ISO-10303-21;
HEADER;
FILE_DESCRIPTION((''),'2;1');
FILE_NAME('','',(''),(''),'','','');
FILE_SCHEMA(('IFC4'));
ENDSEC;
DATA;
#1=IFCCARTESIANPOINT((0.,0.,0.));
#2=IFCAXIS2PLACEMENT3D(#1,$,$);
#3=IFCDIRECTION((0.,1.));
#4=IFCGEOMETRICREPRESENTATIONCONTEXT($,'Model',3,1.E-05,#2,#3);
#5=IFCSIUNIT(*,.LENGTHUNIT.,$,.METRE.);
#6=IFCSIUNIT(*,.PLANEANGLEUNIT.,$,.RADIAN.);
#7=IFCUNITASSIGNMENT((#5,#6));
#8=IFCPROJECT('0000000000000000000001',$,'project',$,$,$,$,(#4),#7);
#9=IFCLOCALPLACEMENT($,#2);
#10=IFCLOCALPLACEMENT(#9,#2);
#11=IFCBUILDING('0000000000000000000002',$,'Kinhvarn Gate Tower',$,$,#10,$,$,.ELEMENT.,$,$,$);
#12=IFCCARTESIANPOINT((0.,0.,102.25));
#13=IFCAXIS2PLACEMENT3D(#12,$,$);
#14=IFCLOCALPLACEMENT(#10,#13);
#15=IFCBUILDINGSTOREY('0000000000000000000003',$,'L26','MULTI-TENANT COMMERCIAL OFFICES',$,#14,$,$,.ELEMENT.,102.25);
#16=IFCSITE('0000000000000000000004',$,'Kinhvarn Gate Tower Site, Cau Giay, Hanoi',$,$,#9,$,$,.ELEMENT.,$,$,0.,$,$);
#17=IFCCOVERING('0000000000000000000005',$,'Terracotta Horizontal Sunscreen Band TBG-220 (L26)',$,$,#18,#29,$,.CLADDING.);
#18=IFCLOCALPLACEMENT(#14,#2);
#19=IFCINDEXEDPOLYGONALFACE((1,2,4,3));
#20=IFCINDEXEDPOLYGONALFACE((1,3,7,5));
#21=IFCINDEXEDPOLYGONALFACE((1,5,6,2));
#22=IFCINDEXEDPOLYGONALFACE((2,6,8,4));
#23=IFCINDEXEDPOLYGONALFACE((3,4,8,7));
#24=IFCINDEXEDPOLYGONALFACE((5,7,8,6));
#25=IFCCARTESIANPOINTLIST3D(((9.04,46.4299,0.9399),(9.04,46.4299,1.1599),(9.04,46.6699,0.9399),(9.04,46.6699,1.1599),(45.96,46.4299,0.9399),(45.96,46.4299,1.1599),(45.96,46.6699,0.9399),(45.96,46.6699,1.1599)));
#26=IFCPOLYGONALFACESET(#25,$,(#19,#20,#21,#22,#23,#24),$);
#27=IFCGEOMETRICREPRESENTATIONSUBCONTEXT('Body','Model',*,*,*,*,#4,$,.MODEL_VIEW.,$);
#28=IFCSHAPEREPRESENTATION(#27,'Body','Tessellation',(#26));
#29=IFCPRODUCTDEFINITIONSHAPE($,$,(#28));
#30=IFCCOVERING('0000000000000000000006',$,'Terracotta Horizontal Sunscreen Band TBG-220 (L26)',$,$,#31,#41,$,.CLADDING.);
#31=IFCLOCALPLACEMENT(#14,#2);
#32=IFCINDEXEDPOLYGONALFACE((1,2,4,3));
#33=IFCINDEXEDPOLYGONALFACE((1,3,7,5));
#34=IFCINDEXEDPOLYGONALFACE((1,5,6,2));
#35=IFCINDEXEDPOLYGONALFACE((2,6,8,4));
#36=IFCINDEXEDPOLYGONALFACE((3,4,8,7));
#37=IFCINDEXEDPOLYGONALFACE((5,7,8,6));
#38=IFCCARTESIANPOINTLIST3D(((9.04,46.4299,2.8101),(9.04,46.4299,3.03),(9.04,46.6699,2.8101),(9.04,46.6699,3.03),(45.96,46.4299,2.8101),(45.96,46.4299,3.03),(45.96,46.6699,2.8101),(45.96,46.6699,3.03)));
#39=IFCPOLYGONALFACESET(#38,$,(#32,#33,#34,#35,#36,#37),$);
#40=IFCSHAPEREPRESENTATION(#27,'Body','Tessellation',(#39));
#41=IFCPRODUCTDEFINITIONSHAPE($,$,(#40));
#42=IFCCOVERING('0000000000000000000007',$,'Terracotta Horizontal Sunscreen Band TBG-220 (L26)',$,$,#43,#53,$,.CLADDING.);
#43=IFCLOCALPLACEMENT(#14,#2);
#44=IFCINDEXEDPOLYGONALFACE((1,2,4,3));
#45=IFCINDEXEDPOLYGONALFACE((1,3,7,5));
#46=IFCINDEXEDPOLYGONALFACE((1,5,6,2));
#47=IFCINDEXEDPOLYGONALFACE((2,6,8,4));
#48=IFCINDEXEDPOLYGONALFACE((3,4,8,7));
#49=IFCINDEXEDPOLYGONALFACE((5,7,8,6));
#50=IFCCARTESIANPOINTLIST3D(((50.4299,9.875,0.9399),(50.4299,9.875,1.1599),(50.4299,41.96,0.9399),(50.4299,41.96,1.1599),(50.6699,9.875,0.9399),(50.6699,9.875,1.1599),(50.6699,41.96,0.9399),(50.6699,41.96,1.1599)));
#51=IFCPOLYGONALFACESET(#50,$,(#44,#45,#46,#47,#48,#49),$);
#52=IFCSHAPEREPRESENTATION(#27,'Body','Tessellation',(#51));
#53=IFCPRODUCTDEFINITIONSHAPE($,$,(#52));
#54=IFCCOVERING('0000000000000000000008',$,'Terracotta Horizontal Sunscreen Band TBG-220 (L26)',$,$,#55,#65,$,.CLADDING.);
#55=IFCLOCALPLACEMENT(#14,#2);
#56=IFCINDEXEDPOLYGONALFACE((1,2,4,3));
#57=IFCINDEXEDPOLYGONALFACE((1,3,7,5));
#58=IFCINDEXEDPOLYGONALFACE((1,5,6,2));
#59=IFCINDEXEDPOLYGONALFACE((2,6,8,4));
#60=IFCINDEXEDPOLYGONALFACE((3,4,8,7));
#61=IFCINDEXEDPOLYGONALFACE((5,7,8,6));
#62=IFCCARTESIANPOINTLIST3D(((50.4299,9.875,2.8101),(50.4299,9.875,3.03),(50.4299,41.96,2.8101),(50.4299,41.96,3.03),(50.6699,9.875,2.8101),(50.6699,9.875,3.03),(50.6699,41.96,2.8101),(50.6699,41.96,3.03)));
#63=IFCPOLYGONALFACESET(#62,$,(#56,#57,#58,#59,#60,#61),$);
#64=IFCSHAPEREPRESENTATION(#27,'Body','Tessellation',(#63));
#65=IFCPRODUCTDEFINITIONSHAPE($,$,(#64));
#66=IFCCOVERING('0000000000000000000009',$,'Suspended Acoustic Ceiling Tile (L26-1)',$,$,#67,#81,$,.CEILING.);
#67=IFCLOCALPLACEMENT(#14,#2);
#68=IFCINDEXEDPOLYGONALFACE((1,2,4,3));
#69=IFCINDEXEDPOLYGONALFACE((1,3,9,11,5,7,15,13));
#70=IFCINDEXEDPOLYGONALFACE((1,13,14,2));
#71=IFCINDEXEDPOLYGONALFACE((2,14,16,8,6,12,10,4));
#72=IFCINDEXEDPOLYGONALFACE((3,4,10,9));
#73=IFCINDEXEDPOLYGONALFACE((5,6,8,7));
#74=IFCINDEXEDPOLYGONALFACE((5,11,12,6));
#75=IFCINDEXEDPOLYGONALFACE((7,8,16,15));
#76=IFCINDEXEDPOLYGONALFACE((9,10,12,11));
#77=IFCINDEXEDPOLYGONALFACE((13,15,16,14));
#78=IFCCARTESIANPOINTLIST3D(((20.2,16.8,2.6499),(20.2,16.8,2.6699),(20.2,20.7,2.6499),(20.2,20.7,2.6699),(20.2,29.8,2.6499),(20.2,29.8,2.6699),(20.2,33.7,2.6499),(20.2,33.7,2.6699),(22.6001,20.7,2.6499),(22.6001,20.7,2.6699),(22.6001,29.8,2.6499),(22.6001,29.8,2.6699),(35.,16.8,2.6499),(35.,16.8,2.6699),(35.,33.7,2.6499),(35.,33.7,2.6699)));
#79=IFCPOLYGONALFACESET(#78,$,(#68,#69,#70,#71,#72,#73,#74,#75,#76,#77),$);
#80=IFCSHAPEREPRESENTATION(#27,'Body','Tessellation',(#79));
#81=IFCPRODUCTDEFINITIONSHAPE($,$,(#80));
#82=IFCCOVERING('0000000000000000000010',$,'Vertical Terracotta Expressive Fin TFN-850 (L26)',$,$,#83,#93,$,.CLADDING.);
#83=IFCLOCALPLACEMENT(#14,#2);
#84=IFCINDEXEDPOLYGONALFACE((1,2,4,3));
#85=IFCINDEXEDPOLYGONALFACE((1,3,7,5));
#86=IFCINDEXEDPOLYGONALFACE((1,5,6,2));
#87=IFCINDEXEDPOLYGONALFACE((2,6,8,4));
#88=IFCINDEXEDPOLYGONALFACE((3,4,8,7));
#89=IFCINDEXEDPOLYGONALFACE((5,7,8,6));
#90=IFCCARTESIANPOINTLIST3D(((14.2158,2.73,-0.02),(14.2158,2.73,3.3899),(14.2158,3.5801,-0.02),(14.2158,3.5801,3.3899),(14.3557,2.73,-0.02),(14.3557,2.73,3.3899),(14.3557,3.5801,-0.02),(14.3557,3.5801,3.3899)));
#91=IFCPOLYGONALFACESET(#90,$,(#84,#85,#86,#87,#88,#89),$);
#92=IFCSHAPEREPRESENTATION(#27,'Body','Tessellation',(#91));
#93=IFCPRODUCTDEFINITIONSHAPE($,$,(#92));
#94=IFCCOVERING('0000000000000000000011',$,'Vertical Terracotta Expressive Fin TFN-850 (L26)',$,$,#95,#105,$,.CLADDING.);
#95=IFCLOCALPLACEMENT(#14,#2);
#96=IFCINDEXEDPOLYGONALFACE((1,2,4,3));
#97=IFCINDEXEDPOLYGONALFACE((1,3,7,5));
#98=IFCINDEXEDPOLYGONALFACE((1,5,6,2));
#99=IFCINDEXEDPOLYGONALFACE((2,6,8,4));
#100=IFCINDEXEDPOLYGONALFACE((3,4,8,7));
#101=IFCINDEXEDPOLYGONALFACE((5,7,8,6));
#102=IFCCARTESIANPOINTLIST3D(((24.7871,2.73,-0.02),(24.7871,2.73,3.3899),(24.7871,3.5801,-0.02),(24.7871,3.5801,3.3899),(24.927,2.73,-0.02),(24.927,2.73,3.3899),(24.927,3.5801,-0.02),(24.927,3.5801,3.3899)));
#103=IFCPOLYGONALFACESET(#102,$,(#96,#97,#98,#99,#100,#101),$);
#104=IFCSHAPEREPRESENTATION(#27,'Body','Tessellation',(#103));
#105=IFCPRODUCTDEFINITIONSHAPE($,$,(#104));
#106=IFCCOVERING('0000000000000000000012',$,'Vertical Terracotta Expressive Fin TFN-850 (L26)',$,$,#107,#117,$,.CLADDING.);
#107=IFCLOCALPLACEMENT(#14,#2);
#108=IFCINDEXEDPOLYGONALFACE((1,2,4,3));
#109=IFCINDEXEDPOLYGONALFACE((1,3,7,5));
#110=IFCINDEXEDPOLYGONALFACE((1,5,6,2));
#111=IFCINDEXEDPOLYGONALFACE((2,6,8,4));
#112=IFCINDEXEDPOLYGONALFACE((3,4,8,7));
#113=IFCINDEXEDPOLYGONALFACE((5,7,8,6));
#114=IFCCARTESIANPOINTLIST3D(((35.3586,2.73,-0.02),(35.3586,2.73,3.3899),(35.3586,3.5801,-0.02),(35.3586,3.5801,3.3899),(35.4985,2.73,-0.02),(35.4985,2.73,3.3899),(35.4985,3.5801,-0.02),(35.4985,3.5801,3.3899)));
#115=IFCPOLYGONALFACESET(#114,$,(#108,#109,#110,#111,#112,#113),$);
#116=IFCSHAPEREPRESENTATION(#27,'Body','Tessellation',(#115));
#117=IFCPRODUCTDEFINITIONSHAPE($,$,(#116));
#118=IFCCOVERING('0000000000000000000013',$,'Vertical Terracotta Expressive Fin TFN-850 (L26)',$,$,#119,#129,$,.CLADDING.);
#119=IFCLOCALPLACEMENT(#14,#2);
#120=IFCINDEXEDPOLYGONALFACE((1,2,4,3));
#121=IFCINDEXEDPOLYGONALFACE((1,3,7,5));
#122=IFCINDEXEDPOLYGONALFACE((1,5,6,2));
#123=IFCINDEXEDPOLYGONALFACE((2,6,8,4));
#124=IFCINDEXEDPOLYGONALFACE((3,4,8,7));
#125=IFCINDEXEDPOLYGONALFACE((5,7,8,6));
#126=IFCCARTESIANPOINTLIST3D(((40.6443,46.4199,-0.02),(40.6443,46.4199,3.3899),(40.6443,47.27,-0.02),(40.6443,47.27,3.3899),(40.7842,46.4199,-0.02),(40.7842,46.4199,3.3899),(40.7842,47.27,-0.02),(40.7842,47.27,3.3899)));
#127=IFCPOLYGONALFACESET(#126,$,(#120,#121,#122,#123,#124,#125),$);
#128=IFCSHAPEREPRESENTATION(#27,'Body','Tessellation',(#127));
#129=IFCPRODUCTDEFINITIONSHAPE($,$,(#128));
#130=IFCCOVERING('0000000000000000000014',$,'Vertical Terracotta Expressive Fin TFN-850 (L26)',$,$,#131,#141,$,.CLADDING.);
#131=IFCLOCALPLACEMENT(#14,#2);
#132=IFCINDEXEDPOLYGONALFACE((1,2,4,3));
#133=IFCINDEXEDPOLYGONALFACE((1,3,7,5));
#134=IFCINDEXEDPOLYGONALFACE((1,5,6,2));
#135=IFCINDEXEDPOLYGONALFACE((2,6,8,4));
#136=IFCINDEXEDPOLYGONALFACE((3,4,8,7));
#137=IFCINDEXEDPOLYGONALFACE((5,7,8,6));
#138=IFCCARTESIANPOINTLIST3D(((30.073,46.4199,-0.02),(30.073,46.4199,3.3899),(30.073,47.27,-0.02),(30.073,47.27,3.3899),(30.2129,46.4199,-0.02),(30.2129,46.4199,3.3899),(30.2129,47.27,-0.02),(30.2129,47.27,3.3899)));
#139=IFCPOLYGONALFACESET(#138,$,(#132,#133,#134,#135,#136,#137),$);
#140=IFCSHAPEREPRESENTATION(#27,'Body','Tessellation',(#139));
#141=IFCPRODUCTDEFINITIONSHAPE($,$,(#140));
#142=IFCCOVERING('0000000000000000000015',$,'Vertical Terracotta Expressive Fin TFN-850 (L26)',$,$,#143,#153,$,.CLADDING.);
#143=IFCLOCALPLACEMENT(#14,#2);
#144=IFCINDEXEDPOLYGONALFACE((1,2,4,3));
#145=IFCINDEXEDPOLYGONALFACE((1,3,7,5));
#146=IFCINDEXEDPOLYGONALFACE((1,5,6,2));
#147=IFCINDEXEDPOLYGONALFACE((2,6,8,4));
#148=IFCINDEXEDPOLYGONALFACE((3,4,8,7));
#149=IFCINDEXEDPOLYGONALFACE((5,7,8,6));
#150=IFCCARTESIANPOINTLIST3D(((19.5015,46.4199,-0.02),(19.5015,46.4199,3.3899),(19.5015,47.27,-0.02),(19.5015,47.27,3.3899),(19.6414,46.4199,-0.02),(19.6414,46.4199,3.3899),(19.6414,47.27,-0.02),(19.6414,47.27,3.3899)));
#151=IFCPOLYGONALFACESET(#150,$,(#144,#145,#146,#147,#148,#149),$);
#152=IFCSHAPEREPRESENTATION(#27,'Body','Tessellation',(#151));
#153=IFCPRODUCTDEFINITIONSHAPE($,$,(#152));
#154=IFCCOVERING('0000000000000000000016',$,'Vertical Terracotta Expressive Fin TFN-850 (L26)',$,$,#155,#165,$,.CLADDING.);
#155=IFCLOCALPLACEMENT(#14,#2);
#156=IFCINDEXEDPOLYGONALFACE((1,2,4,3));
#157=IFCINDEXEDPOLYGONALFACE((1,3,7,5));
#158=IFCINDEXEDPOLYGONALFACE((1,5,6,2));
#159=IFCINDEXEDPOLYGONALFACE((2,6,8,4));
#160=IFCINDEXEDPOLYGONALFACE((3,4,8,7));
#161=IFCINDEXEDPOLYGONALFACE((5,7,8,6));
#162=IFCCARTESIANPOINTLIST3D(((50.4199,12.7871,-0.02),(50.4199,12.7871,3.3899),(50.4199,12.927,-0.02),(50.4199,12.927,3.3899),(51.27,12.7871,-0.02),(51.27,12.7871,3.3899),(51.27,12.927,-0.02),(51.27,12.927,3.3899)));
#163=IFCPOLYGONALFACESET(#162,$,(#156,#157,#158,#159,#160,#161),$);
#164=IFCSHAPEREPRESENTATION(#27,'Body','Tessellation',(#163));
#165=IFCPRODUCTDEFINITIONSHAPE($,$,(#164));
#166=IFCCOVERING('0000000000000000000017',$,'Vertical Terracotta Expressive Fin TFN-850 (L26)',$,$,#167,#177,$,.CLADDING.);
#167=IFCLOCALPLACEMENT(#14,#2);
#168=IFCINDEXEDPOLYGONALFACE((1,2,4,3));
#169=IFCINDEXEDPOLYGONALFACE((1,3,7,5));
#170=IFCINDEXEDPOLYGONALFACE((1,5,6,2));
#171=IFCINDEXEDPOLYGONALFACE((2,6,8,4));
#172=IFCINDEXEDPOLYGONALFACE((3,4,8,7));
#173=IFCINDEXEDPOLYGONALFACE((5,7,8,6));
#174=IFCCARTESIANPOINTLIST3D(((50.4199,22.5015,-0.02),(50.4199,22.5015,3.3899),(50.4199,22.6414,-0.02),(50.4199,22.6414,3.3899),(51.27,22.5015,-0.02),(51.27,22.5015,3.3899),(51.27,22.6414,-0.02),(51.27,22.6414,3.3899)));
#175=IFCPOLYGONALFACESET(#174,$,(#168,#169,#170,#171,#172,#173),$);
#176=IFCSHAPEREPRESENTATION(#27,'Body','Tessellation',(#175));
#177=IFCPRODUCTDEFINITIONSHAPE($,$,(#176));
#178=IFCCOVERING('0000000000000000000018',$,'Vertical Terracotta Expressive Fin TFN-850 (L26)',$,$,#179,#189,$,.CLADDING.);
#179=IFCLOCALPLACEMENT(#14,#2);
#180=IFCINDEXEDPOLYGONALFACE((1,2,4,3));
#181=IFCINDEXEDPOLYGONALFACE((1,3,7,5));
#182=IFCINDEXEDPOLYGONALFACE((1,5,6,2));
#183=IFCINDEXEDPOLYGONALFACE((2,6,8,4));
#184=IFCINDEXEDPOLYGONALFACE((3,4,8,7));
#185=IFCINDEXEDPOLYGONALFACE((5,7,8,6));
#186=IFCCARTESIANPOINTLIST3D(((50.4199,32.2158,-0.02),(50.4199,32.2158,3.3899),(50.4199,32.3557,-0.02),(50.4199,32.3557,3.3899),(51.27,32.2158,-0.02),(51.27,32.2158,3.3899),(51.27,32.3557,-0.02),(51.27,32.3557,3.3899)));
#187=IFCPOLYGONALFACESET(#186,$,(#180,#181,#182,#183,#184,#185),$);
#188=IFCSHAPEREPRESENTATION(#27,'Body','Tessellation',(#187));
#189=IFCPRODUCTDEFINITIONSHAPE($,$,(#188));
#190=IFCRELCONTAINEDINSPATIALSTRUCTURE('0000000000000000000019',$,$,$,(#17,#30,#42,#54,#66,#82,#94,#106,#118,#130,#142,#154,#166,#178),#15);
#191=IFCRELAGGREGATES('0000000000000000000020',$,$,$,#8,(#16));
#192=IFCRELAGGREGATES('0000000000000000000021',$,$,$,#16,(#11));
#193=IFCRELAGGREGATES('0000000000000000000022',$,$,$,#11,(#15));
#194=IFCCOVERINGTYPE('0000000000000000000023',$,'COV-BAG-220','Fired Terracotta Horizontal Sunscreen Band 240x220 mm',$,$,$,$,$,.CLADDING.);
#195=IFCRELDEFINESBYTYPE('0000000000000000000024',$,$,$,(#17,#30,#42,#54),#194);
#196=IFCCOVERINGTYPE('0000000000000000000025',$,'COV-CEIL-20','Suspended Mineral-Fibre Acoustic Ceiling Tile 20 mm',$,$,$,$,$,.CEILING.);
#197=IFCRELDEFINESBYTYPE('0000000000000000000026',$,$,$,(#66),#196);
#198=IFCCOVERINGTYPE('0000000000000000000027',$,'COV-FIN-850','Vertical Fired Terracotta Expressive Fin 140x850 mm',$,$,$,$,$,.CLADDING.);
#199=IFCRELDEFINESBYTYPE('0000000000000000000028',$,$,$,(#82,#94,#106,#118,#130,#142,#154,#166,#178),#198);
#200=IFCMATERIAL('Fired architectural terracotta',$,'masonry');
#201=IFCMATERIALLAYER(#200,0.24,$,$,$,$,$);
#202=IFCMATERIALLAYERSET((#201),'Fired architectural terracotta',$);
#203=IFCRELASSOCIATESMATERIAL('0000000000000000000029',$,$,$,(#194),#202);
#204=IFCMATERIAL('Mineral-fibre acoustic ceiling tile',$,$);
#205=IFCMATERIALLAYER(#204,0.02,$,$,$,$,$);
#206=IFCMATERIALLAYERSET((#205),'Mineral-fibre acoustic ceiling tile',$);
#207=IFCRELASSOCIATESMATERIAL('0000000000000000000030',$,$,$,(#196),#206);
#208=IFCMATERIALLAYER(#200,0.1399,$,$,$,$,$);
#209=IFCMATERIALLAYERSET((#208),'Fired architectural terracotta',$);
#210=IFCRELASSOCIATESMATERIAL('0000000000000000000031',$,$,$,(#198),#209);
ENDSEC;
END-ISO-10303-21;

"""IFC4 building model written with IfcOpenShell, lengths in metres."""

from ifc_helpers import new_model, si_unit, direction, frame, origin, place, context, subcontext, project, spatial, polyline, outline, extrude, material, layer, layer_set, type_object, element, save


model = new_model("IFC4")

# Units and contexts
model_context = context("Model", 3, precision=1e-05, world=origin(), true_north=direction((0.0, 1.0)))
body_context = subcontext(model_context, "Body", "Model", "MODEL_VIEW")
ifc_project = project(units=[si_unit("LENGTHUNIT", "METRE"), si_unit("PLANEANGLEUNIT", "RADIAN")], contexts=[model_context])

# Site, building, storey
site_placement = place(None, origin())
site = spatial("IfcSite", under=ifc_project, at=site_placement, Name="Kinhvarn Gate Tower Site, Cau Giay, Hanoi", CompositionType="ELEMENT", RefElevation=0.0)
building_placement = place(site_placement, origin())
building = spatial("IfcBuilding", under=site, at=building_placement, Name="Kinhvarn Gate Tower", CompositionType="ELEMENT")
storey_placement = place(building_placement, frame((0.0, 0.0, 102.25)))
storey = spatial("IfcBuildingStorey", under=building, at=storey_placement, Name="L26", Description="MULTI-TENANT COMMERCIAL OFFICES", CompositionType="ELEMENT", Elevation=102.25)

# Coverings
ifc_material_1 = material(Name="Fired architectural terracotta", Category="masonry")
ifc_layer_1 = layer(ifc_material_1, 0.24)
ifc_layer_set_1 = layer_set([ifc_layer_1], Name="Fired architectural terracotta")
covering_type_1 = type_object("IfcCoveringType", Name="COV-BAG-220", Description="Fired Terracotta Horizontal Sunscreen Band 240x220 mm", PredefinedType="CLADDING", material=ifc_layer_set_1)
for number, where, name in (
    (1, (0.0, 0.0, 0.9399), "Terracotta Horizontal Sunscreen Band TBG-220 (L26)"),
    (2, (0.0, 0.0, 2.8101), "Terracotta Horizontal Sunscreen Band TBG-220 (L26)"),
):
    element("IfcCovering", number, at=place(storey_placement, frame(where)), inside=storey, type_object=covering_type_1, Name=name, PredefinedType="CLADDING", context=body_context, shape_type="SweptSolid", body=[
        extrude(outline(polyline([(45.96, 46.4299), (9.04, 46.4299), (9.04, 46.6699), (45.96, 46.6699), (45.96, 46.4299)])), origin(), (0.0, 0.0, 1.0), 0.22),
    ])
for number, where, name in (
    (3, (0.0, 0.0, 0.9399), "Terracotta Horizontal Sunscreen Band TBG-220 (L26)"),
    (4, (0.0, 0.0, 2.8101), "Terracotta Horizontal Sunscreen Band TBG-220 (L26)"),
):
    element("IfcCovering", number, at=place(storey_placement, frame(where)), inside=storey, type_object=covering_type_1, Name=name, PredefinedType="CLADDING", context=body_context, shape_type="SweptSolid", body=[
        extrude(outline(polyline([(50.4299, 9.875), (50.4299, 41.96), (50.6699, 41.96), (50.6699, 9.875), (50.4299, 9.875)])), origin(), (0.0, 0.0, 1.0), 0.22),
    ])
ifc_material_2 = material(Name="Mineral-fibre acoustic ceiling tile")
ifc_layer_2 = layer(ifc_material_2, 0.02)
ifc_layer_set_2 = layer_set([ifc_layer_2], Name="Mineral-fibre acoustic ceiling tile")
covering_type_2 = type_object("IfcCoveringType", Name="COV-CEIL-20", Description="Suspended Mineral-Fibre Acoustic Ceiling Tile 20 mm", PredefinedType="CEILING", material=ifc_layer_set_2)
covering_1_placement = place(storey_placement, frame((0.0, 0.0, 2.6499)))
element("IfcCovering", 5, at=covering_1_placement, inside=storey, type_object=covering_type_2, Name="Suspended Acoustic Ceiling Tile (L26-1)", PredefinedType="CEILING", context=body_context, shape_type="SweptSolid", body=[
    extrude(outline(polyline([(35.0, 33.7), (35.0, 16.8), (20.2, 16.8), (20.2, 20.7), (22.6001, 20.7), (22.6001, 29.8), (20.2, 29.8), (20.2, 33.7), (35.0, 33.7)])), origin(), (0.0, 0.0, 1.0), 0.02),
])
ifc_layer_3 = layer(ifc_material_1, 0.1399)
ifc_layer_set_3 = layer_set([ifc_layer_3], Name="Fired architectural terracotta")
covering_type_3 = type_object("IfcCoveringType", Name="COV-FIN-850", Description="Vertical Fired Terracotta Expressive Fin 140x850 mm", PredefinedType="CLADDING", material=ifc_layer_set_3)
covering_2_placement = place(storey_placement, frame((0.0, 0.0, -0.02)))
element("IfcCovering", 6, at=covering_2_placement, inside=storey, type_object=covering_type_3, Name="Vertical Terracotta Expressive Fin TFN-850 (L26)", PredefinedType="CLADDING", context=body_context, shape_type="SweptSolid", body=[
    extrude(outline(polyline([(14.2158, 3.5801), (14.3557, 3.5801), (14.3557, 2.73), (14.2158, 2.73), (14.2158, 3.5801)])), origin(), (0.0, 0.0, 1.0), 3.4099),
])
covering_3_placement = place(storey_placement, frame((0.0, 0.0, -0.02)))
element("IfcCovering", 7, at=covering_3_placement, inside=storey, type_object=covering_type_3, Name="Vertical Terracotta Expressive Fin TFN-850 (L26)", PredefinedType="CLADDING", context=body_context, shape_type="SweptSolid", body=[
    extrude(outline(polyline([(24.7871, 3.5801), (24.927, 3.5801), (24.927, 2.73), (24.7871, 2.73), (24.7871, 3.5801)])), origin(), (0.0, 0.0, 1.0), 3.4099),
])
covering_4_placement = place(storey_placement, frame((0.0, 0.0, -0.02)))
element("IfcCovering", 8, at=covering_4_placement, inside=storey, type_object=covering_type_3, Name="Vertical Terracotta Expressive Fin TFN-850 (L26)", PredefinedType="CLADDING", context=body_context, shape_type="SweptSolid", body=[
    extrude(outline(polyline([(35.3586, 3.5801), (35.4985, 3.5801), (35.4985, 2.73), (35.3586, 2.73), (35.3586, 3.5801)])), origin(), (0.0, 0.0, 1.0), 3.4099),
])
covering_5_placement = place(storey_placement, frame((0.0, 0.0, -0.02)))
element("IfcCovering", 9, at=covering_5_placement, inside=storey, type_object=covering_type_3, Name="Vertical Terracotta Expressive Fin TFN-850 (L26)", PredefinedType="CLADDING", context=body_context, shape_type="SweptSolid", body=[
    extrude(outline(polyline([(40.7842, 46.4199), (40.6443, 46.4199), (40.6443, 47.27), (40.7842, 47.27), (40.7842, 46.4199)])), origin(), (0.0, 0.0, 1.0), 3.4099),
])
covering_6_placement = place(storey_placement, frame((0.0, 0.0, -0.02)))
element("IfcCovering", 10, at=covering_6_placement, inside=storey, type_object=covering_type_3, Name="Vertical Terracotta Expressive Fin TFN-850 (L26)", PredefinedType="CLADDING", context=body_context, shape_type="SweptSolid", body=[
    extrude(outline(polyline([(30.2129, 46.4199), (30.073, 46.4199), (30.073, 47.27), (30.2129, 47.27), (30.2129, 46.4199)])), origin(), (0.0, 0.0, 1.0), 3.4099),
])
covering_7_placement = place(storey_placement, frame((0.0, 0.0, -0.02)))
element("IfcCovering", 11, at=covering_7_placement, inside=storey, type_object=covering_type_3, Name="Vertical Terracotta Expressive Fin TFN-850 (L26)", PredefinedType="CLADDING", context=body_context, shape_type="SweptSolid", body=[
    extrude(outline(polyline([(19.6414, 46.4199), (19.5015, 46.4199), (19.5015, 47.27), (19.6414, 47.27), (19.6414, 46.4199)])), origin(), (0.0, 0.0, 1.0), 3.4099),
])
covering_8_placement = place(storey_placement, frame((0.0, 0.0, -0.02)))
element("IfcCovering", 12, at=covering_8_placement, inside=storey, type_object=covering_type_3, Name="Vertical Terracotta Expressive Fin TFN-850 (L26)", PredefinedType="CLADDING", context=body_context, shape_type="SweptSolid", body=[
    extrude(outline(polyline([(50.4199, 12.7871), (50.4199, 12.927), (51.27, 12.927), (51.27, 12.7871), (50.4199, 12.7871)])), origin(), (0.0, 0.0, 1.0), 3.4099),
])
covering_9_placement = place(storey_placement, frame((0.0, 0.0, -0.02)))
element("IfcCovering", 13, at=covering_9_placement, inside=storey, type_object=covering_type_3, Name="Vertical Terracotta Expressive Fin TFN-850 (L26)", PredefinedType="CLADDING", context=body_context, shape_type="SweptSolid", body=[
    extrude(outline(polyline([(50.4199, 22.5015), (50.4199, 22.6414), (51.27, 22.6414), (51.27, 22.5015), (50.4199, 22.5015)])), origin(), (0.0, 0.0, 1.0), 3.4099),
])
covering_10_placement = place(storey_placement, frame((0.0, 0.0, -0.02)))
element("IfcCovering", 14, at=covering_10_placement, inside=storey, type_object=covering_type_3, Name="Vertical Terracotta Expressive Fin TFN-850 (L26)", PredefinedType="CLADDING", context=body_context, shape_type="SweptSolid", body=[
    extrude(outline(polyline([(50.4199, 32.2158), (50.4199, 32.3557), (51.27, 32.3557), (51.27, 32.2158), (50.4199, 32.2158)])), origin(), (0.0, 0.0, 1.0), 3.4099),
])

save(model, "model.ifc")
